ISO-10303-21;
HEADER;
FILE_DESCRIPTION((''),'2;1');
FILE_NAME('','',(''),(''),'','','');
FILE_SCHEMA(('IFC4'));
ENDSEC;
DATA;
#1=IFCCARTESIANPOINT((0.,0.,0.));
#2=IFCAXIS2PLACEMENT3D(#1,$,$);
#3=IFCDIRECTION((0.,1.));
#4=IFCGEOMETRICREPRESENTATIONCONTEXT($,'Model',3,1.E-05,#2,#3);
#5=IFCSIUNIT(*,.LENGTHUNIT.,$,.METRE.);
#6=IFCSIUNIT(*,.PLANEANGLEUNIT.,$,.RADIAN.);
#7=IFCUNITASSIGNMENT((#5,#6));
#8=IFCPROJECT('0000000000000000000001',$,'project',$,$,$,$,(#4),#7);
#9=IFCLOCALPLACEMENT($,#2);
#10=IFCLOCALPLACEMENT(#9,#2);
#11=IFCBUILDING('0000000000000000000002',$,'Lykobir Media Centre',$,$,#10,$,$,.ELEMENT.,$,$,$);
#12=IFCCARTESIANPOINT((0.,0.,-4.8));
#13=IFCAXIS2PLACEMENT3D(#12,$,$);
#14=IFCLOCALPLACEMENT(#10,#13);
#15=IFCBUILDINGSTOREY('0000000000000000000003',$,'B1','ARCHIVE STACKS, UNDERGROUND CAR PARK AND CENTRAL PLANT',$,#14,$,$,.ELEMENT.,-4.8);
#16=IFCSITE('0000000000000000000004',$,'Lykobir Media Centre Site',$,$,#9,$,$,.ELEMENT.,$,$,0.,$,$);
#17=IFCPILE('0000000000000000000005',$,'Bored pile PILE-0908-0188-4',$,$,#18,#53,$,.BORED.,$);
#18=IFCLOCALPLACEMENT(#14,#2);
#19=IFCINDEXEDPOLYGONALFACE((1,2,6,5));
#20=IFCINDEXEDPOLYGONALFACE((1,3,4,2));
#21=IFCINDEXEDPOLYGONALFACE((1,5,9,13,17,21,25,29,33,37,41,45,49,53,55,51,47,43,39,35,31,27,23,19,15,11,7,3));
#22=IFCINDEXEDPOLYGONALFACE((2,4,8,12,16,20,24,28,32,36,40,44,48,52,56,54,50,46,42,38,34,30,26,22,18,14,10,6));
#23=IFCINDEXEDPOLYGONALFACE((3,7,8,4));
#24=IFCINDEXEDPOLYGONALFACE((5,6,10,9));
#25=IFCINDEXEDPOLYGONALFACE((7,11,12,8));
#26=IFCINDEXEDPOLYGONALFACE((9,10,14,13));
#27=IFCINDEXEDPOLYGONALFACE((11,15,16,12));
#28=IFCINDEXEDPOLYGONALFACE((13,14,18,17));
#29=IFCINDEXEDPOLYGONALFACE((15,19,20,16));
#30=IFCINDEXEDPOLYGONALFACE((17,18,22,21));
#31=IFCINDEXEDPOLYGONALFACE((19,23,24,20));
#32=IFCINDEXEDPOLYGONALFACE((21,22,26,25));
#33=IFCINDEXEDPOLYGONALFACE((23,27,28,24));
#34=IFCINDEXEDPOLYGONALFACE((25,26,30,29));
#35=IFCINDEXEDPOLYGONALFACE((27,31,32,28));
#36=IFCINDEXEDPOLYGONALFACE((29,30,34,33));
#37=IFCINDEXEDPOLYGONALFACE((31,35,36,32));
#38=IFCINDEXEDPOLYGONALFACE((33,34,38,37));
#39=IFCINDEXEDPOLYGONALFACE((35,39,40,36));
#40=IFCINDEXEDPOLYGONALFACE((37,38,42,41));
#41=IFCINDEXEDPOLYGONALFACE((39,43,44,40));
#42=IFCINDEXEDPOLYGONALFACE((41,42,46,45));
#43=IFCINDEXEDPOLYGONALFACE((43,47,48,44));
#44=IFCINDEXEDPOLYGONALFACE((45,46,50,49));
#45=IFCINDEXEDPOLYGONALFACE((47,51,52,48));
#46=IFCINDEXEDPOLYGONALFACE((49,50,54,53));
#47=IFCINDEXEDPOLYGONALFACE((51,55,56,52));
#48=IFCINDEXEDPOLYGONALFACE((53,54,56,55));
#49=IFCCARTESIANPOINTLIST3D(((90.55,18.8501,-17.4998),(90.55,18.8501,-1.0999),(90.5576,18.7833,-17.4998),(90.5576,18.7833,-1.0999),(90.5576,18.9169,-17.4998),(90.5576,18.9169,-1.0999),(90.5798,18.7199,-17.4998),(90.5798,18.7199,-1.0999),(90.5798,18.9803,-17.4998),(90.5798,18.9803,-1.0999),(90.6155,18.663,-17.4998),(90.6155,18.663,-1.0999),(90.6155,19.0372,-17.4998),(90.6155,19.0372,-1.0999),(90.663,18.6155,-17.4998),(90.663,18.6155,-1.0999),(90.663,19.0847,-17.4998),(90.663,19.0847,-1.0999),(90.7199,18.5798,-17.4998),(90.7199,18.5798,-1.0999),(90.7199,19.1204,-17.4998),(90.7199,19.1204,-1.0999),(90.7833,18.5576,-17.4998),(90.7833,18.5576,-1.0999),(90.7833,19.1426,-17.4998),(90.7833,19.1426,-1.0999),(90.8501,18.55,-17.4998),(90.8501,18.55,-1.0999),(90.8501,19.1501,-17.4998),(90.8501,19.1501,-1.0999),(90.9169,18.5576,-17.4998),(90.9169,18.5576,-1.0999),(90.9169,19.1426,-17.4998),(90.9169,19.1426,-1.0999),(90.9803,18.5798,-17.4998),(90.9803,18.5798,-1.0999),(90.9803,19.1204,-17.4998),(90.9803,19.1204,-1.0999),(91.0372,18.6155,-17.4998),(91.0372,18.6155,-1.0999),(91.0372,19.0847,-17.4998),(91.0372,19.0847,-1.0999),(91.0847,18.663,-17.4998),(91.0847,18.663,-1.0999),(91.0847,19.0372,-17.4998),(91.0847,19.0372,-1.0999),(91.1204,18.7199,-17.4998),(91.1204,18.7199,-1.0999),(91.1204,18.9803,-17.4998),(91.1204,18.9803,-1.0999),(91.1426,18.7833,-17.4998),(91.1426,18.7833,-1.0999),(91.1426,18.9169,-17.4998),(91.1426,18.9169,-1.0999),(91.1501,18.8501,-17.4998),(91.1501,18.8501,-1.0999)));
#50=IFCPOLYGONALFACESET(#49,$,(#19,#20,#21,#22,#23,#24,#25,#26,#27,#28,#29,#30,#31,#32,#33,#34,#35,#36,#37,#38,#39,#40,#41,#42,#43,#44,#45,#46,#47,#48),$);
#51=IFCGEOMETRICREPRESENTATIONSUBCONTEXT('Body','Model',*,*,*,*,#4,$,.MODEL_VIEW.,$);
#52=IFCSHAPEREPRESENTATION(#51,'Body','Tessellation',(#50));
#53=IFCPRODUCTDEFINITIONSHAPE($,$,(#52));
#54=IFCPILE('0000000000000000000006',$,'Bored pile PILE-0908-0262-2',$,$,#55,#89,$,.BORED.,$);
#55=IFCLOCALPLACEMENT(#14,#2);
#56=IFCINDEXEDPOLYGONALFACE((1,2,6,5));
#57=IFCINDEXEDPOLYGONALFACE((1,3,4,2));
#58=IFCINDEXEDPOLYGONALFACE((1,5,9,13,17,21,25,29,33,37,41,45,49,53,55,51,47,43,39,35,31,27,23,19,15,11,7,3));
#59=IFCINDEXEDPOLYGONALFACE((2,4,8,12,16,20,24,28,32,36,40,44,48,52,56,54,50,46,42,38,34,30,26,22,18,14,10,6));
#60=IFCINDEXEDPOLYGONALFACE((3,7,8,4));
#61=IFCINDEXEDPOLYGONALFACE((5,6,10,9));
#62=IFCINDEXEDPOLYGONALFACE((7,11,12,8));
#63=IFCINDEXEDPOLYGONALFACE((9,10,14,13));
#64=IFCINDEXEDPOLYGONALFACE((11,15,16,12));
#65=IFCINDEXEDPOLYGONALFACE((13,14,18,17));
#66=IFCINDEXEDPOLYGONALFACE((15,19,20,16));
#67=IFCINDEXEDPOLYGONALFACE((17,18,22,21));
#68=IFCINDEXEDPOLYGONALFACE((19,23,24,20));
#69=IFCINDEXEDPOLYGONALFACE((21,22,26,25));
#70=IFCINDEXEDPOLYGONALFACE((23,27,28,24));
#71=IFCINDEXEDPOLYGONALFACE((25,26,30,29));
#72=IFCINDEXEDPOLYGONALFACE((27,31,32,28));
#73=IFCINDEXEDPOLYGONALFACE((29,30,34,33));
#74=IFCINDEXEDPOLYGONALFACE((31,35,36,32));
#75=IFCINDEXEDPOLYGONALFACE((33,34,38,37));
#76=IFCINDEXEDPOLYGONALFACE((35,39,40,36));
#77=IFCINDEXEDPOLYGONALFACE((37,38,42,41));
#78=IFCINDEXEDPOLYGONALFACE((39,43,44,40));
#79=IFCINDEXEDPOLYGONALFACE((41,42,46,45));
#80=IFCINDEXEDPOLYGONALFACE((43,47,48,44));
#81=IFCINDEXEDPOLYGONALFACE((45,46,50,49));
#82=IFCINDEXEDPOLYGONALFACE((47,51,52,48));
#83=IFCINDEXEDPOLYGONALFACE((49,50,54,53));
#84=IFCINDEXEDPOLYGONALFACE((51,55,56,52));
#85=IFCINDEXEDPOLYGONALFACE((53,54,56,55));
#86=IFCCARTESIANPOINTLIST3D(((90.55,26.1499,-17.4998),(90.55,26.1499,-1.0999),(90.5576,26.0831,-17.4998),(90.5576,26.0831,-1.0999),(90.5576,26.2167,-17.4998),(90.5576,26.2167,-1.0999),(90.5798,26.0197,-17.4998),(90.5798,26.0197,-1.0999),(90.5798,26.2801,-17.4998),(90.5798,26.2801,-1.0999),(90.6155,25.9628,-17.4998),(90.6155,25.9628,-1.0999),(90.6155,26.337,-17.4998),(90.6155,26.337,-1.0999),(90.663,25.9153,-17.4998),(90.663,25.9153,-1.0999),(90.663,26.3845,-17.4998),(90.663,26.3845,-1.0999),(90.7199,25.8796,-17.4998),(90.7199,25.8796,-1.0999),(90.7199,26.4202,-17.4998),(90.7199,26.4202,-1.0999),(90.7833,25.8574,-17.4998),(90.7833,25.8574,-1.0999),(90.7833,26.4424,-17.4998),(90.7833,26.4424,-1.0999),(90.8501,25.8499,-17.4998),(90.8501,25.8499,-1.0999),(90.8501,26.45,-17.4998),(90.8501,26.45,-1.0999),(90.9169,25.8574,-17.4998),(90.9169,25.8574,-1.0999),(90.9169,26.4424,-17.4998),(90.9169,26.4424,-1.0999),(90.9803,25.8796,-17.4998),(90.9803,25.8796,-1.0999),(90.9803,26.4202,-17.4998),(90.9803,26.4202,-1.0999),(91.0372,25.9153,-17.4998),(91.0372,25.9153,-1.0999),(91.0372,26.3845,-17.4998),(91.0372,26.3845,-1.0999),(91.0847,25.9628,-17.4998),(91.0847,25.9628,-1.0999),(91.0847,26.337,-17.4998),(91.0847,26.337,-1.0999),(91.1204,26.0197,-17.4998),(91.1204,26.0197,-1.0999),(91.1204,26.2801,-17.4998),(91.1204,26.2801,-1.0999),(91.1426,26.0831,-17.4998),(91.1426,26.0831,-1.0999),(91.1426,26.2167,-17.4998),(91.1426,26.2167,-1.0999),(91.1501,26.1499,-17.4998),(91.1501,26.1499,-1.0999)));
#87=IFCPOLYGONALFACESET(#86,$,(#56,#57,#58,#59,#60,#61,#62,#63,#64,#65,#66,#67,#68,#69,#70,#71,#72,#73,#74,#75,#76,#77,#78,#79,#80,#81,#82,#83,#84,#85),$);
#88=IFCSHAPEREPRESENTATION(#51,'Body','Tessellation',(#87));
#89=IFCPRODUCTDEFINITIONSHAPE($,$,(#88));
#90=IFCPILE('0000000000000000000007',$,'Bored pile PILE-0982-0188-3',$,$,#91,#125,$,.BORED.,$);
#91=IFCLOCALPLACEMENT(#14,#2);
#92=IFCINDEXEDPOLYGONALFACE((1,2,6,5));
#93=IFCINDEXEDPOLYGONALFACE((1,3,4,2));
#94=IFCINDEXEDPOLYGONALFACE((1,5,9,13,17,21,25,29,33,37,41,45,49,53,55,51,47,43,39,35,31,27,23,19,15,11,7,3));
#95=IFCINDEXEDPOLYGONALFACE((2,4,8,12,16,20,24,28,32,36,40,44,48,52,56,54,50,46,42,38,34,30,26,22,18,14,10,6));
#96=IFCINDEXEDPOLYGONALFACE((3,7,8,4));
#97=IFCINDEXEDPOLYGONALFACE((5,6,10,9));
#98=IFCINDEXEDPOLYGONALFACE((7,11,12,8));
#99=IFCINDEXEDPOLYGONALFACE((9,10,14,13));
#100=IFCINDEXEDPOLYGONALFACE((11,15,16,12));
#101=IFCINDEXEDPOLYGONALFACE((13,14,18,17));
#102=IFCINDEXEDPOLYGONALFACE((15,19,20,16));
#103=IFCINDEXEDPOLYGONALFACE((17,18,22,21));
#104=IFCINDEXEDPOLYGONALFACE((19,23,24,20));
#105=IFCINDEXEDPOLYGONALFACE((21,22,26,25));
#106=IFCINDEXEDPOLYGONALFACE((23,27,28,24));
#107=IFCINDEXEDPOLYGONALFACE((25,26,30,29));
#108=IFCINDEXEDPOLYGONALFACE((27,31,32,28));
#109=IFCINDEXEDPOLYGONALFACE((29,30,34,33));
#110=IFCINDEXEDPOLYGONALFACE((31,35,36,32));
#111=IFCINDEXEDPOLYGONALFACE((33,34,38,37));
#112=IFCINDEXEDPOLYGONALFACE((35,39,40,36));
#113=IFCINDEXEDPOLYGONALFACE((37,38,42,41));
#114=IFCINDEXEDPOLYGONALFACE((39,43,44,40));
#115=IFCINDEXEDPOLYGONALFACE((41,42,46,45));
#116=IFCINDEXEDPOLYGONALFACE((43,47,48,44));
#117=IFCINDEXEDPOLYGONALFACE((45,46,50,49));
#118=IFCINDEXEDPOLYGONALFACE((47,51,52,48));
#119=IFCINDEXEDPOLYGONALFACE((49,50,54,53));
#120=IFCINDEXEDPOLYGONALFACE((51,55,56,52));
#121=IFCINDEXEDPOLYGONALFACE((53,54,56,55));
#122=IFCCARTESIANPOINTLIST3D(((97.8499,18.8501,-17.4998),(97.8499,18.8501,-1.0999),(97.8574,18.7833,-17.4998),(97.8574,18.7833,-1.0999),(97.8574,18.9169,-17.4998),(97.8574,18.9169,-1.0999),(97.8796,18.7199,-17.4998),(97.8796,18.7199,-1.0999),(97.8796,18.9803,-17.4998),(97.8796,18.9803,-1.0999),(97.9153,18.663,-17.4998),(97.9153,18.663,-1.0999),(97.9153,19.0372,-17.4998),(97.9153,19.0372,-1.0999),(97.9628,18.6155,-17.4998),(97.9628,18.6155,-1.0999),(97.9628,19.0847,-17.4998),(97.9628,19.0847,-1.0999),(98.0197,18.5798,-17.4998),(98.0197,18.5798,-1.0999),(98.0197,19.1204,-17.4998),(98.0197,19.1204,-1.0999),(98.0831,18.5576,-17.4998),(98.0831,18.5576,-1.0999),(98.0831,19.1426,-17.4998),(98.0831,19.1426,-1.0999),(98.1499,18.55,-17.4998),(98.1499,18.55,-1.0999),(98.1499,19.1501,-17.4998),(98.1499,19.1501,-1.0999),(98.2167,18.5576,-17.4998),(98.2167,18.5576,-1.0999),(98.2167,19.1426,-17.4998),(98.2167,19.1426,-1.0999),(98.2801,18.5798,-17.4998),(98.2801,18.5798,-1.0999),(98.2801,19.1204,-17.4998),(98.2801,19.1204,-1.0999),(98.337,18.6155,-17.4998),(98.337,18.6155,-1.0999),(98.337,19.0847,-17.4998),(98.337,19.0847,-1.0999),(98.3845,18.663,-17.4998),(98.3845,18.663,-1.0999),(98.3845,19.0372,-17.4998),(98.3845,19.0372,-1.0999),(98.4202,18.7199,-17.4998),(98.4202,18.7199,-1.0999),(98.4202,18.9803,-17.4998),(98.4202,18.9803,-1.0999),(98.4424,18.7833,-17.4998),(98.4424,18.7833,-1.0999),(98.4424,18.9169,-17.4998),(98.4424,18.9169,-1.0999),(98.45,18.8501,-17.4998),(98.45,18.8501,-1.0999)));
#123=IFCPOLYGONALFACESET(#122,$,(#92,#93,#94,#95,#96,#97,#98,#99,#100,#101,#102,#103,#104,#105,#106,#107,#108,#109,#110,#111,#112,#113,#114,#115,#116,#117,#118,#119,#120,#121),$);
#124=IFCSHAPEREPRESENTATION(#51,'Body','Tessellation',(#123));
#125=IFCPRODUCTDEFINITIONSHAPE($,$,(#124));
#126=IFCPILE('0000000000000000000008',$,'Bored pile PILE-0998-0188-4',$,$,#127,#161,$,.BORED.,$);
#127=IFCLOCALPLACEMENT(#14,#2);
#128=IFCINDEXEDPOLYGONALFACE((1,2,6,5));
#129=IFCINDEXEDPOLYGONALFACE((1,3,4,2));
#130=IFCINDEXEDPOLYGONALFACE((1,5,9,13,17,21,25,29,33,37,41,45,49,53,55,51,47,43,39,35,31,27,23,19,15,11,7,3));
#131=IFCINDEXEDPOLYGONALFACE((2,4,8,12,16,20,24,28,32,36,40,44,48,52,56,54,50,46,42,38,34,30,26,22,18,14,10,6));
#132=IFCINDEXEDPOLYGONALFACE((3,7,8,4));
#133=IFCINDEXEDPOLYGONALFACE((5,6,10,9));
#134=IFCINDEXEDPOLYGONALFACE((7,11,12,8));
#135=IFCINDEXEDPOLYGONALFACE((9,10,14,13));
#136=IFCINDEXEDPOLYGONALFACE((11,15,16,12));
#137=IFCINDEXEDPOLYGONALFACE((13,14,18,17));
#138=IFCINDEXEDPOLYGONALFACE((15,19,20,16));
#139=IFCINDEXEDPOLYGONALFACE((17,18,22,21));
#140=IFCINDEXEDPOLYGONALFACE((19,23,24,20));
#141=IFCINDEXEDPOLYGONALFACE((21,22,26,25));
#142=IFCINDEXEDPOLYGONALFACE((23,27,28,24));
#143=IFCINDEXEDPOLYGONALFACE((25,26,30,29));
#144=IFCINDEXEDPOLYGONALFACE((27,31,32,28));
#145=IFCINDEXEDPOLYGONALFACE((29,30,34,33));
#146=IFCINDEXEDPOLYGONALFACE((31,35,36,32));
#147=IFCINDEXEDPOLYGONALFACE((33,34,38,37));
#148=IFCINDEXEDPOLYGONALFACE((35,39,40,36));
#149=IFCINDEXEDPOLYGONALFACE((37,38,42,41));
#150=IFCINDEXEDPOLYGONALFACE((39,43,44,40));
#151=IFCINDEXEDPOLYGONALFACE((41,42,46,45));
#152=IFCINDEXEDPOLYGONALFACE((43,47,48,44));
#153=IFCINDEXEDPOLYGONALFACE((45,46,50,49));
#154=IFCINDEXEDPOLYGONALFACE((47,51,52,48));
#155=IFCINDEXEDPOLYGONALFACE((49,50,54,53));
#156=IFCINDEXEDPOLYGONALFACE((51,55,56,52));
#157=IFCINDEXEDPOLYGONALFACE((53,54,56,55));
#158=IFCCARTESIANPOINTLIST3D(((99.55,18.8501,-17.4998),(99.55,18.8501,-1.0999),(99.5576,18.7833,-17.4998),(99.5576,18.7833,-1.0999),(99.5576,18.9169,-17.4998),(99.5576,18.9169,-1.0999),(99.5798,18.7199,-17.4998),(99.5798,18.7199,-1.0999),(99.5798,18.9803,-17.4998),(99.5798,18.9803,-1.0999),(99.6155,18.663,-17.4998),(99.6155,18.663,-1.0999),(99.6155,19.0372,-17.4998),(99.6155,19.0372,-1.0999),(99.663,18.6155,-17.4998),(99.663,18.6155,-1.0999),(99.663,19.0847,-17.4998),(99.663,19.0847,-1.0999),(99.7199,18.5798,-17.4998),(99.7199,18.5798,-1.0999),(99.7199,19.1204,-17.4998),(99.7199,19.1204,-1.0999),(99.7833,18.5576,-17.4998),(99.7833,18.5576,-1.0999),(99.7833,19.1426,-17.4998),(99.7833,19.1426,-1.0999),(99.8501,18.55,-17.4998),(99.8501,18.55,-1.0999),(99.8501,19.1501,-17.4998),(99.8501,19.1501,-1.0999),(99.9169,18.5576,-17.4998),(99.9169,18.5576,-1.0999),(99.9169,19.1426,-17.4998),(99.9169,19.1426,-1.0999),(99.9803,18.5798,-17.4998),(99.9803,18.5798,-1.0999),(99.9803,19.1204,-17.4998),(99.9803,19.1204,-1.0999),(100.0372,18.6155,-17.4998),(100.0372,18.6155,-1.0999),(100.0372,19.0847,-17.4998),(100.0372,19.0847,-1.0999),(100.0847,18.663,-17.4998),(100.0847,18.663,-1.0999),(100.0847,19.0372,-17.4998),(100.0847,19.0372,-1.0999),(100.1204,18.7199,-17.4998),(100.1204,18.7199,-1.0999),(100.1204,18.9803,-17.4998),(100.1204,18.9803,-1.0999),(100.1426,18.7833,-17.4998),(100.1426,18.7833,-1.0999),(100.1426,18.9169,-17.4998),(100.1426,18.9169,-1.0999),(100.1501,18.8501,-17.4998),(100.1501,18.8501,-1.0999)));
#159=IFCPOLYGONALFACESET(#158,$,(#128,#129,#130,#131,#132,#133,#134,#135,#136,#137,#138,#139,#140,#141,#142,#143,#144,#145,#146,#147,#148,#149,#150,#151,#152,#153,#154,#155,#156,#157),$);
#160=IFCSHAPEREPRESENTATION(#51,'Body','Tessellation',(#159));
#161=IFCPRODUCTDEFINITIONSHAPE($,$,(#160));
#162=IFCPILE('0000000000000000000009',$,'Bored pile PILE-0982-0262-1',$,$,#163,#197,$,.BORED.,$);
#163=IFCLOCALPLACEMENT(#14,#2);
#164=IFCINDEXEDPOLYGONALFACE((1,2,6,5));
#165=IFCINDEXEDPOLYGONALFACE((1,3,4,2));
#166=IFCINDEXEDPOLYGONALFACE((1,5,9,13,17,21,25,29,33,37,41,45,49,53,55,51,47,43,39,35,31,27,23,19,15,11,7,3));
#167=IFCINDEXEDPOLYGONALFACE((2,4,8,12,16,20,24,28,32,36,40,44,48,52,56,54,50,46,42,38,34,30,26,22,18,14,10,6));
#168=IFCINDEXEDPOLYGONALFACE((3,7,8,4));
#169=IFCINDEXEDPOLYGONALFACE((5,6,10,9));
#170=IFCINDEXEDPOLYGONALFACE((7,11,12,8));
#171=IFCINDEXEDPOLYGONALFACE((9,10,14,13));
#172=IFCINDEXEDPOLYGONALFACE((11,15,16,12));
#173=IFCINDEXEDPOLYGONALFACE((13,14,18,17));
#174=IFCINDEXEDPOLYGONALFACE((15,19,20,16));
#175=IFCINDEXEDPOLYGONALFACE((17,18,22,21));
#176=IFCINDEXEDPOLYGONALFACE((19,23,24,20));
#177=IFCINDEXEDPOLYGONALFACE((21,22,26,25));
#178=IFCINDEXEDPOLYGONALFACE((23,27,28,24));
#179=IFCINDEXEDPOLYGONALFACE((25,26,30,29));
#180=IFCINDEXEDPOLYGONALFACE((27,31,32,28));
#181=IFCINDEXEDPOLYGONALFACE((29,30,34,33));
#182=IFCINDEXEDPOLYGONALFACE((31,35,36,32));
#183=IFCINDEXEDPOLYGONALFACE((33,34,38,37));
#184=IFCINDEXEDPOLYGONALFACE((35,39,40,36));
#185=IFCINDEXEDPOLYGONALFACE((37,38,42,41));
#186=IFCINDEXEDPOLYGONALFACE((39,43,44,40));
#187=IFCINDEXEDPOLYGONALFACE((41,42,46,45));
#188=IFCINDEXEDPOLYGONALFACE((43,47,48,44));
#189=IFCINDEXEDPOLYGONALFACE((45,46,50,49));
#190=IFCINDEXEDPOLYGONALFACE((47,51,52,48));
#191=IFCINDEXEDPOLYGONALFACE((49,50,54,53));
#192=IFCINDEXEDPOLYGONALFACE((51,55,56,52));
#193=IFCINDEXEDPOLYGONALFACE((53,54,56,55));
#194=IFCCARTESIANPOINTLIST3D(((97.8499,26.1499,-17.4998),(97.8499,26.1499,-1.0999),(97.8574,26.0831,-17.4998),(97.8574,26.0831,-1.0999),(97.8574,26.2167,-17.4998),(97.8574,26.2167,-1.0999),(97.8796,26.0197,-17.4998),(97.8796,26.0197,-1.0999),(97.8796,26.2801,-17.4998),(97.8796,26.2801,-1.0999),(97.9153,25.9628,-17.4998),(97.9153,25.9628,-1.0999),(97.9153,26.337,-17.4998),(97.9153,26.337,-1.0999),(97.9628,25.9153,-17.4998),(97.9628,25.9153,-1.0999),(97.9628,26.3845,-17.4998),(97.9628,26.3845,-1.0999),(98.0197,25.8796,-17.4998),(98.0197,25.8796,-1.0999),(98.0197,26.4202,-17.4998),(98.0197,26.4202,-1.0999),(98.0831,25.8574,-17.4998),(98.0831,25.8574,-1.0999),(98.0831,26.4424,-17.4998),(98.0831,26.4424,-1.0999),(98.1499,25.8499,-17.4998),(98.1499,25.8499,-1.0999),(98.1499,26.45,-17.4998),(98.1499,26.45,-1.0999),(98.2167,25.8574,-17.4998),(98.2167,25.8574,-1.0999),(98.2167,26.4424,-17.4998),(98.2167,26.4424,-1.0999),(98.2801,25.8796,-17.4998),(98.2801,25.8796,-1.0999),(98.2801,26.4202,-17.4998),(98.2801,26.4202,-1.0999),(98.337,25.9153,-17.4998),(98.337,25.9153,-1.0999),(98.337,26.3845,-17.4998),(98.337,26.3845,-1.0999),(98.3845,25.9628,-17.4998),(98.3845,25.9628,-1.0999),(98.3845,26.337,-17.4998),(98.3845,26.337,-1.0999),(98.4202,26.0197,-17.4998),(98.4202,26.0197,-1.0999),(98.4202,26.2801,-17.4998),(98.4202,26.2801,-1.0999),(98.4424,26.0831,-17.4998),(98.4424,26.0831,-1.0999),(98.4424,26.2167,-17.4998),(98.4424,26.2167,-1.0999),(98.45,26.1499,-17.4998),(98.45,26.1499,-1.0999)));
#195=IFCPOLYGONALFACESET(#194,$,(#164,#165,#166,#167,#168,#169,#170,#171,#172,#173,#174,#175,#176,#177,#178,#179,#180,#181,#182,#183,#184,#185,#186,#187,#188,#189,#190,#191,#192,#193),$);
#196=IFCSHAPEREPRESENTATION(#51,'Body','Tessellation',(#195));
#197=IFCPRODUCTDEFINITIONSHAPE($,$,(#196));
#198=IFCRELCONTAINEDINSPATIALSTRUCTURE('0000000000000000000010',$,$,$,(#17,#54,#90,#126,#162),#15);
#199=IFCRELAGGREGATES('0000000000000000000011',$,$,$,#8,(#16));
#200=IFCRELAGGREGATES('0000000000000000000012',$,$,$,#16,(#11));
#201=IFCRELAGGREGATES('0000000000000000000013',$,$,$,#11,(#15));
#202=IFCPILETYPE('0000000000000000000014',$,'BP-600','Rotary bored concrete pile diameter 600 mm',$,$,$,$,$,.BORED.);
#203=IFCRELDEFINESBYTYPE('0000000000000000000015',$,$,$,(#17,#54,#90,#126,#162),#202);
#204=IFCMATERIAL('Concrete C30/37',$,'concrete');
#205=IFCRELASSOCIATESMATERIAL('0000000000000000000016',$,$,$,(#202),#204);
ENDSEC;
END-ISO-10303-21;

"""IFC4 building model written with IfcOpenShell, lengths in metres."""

from ifc_helpers import new_model, si_unit, direction, frame, origin, origin_2d, place, context, subcontext, project, spatial, circle, extrude, material, material_profile, profile_set, type_object, element, save


model = new_model("IFC4")

# Units and contexts
model_context = context("Model", 3, precision=1e-05, world=origin(), true_north=direction((0.0, 1.0)))
body_context = subcontext(model_context, "Body", "Model", "MODEL_VIEW")
ifc_project = project(units=[si_unit("LENGTHUNIT", "METRE"), si_unit("PLANEANGLEUNIT", "RADIAN")], contexts=[model_context])

# Site, building, storey
site_placement = place(None, origin())
site = spatial("IfcSite", under=ifc_project, at=site_placement, Name="Lykobir Media Centre Site", CompositionType="ELEMENT", RefElevation=0.0)
building_placement = place(site_placement, origin())
building = spatial("IfcBuilding", under=site, at=building_placement, Name="Lykobir Media Centre", CompositionType="ELEMENT")
storey_placement = place(building_placement, frame((0.0, 0.0, -4.8)))
storey = spatial("IfcBuildingStorey", under=building, at=storey_placement, Name="B1", Description="ARCHIVE STACKS, UNDERGROUND CAR PARK AND CENTRAL PLANT", CompositionType="ELEMENT", Elevation=-4.8)

# Piles
ifc_material_1 = material(Name="Concrete C30/37", Category="concrete")
ifc_material_profile_1 = material_profile(ifc_material_1, circle(Radius=0.3, at=origin_2d()), Name="BORED PILE D600")
ifc_profile_set_1 = profile_set([ifc_material_profile_1], Name="Concrete C30/37")
pile_type = type_object("IfcPileType", Name="BP-600", Description="Rotary bored concrete pile diameter 600 mm", PredefinedType="BORED", material=ifc_profile_set_1)
for number, where, z_axis, x_axis, name in (
    (1, (90.8501, 18.8501, -1.0999), (0.0, 0.0, -1.0), (1.0, 0.0, 0.0), "Bored pile PILE-0908-0188-4"),
    (2, (90.8501, 26.1499, -1.0999), (0.0, 0.0, -1.0), (1.0, 0.0, 0.0), "Bored pile PILE-0908-0262-2"),
    (3, (98.1499, 18.8501, -1.0999), (0.0, 0.0, -1.0), (1.0, 0.0, 0.0), "Bored pile PILE-0982-0188-3"),
    (4, (99.8501, 18.8501, -1.0999), (0.0, 0.0, -1.0), (1.0, 0.0, 0.0), "Bored pile PILE-0998-0188-4"),
    (5, (98.1499, 26.1499, -1.0999), (0.0, 0.0, -1.0), (1.0, 0.0, 0.0), "Bored pile PILE-0982-0262-1"),
):
    element("IfcPile", number, at=place(storey_placement, frame(where, z_axis=z_axis, x_axis=x_axis)), inside=storey, type_object=pile_type, Name=name, PredefinedType="BORED", context=body_context, shape_type="SweptSolid", body=[
        extrude(circle(Radius=0.3, at=origin_2d()), origin(), (0.0, 0.0, 1.0), 16.3999),
    ])

save(model, "model.ifc")
